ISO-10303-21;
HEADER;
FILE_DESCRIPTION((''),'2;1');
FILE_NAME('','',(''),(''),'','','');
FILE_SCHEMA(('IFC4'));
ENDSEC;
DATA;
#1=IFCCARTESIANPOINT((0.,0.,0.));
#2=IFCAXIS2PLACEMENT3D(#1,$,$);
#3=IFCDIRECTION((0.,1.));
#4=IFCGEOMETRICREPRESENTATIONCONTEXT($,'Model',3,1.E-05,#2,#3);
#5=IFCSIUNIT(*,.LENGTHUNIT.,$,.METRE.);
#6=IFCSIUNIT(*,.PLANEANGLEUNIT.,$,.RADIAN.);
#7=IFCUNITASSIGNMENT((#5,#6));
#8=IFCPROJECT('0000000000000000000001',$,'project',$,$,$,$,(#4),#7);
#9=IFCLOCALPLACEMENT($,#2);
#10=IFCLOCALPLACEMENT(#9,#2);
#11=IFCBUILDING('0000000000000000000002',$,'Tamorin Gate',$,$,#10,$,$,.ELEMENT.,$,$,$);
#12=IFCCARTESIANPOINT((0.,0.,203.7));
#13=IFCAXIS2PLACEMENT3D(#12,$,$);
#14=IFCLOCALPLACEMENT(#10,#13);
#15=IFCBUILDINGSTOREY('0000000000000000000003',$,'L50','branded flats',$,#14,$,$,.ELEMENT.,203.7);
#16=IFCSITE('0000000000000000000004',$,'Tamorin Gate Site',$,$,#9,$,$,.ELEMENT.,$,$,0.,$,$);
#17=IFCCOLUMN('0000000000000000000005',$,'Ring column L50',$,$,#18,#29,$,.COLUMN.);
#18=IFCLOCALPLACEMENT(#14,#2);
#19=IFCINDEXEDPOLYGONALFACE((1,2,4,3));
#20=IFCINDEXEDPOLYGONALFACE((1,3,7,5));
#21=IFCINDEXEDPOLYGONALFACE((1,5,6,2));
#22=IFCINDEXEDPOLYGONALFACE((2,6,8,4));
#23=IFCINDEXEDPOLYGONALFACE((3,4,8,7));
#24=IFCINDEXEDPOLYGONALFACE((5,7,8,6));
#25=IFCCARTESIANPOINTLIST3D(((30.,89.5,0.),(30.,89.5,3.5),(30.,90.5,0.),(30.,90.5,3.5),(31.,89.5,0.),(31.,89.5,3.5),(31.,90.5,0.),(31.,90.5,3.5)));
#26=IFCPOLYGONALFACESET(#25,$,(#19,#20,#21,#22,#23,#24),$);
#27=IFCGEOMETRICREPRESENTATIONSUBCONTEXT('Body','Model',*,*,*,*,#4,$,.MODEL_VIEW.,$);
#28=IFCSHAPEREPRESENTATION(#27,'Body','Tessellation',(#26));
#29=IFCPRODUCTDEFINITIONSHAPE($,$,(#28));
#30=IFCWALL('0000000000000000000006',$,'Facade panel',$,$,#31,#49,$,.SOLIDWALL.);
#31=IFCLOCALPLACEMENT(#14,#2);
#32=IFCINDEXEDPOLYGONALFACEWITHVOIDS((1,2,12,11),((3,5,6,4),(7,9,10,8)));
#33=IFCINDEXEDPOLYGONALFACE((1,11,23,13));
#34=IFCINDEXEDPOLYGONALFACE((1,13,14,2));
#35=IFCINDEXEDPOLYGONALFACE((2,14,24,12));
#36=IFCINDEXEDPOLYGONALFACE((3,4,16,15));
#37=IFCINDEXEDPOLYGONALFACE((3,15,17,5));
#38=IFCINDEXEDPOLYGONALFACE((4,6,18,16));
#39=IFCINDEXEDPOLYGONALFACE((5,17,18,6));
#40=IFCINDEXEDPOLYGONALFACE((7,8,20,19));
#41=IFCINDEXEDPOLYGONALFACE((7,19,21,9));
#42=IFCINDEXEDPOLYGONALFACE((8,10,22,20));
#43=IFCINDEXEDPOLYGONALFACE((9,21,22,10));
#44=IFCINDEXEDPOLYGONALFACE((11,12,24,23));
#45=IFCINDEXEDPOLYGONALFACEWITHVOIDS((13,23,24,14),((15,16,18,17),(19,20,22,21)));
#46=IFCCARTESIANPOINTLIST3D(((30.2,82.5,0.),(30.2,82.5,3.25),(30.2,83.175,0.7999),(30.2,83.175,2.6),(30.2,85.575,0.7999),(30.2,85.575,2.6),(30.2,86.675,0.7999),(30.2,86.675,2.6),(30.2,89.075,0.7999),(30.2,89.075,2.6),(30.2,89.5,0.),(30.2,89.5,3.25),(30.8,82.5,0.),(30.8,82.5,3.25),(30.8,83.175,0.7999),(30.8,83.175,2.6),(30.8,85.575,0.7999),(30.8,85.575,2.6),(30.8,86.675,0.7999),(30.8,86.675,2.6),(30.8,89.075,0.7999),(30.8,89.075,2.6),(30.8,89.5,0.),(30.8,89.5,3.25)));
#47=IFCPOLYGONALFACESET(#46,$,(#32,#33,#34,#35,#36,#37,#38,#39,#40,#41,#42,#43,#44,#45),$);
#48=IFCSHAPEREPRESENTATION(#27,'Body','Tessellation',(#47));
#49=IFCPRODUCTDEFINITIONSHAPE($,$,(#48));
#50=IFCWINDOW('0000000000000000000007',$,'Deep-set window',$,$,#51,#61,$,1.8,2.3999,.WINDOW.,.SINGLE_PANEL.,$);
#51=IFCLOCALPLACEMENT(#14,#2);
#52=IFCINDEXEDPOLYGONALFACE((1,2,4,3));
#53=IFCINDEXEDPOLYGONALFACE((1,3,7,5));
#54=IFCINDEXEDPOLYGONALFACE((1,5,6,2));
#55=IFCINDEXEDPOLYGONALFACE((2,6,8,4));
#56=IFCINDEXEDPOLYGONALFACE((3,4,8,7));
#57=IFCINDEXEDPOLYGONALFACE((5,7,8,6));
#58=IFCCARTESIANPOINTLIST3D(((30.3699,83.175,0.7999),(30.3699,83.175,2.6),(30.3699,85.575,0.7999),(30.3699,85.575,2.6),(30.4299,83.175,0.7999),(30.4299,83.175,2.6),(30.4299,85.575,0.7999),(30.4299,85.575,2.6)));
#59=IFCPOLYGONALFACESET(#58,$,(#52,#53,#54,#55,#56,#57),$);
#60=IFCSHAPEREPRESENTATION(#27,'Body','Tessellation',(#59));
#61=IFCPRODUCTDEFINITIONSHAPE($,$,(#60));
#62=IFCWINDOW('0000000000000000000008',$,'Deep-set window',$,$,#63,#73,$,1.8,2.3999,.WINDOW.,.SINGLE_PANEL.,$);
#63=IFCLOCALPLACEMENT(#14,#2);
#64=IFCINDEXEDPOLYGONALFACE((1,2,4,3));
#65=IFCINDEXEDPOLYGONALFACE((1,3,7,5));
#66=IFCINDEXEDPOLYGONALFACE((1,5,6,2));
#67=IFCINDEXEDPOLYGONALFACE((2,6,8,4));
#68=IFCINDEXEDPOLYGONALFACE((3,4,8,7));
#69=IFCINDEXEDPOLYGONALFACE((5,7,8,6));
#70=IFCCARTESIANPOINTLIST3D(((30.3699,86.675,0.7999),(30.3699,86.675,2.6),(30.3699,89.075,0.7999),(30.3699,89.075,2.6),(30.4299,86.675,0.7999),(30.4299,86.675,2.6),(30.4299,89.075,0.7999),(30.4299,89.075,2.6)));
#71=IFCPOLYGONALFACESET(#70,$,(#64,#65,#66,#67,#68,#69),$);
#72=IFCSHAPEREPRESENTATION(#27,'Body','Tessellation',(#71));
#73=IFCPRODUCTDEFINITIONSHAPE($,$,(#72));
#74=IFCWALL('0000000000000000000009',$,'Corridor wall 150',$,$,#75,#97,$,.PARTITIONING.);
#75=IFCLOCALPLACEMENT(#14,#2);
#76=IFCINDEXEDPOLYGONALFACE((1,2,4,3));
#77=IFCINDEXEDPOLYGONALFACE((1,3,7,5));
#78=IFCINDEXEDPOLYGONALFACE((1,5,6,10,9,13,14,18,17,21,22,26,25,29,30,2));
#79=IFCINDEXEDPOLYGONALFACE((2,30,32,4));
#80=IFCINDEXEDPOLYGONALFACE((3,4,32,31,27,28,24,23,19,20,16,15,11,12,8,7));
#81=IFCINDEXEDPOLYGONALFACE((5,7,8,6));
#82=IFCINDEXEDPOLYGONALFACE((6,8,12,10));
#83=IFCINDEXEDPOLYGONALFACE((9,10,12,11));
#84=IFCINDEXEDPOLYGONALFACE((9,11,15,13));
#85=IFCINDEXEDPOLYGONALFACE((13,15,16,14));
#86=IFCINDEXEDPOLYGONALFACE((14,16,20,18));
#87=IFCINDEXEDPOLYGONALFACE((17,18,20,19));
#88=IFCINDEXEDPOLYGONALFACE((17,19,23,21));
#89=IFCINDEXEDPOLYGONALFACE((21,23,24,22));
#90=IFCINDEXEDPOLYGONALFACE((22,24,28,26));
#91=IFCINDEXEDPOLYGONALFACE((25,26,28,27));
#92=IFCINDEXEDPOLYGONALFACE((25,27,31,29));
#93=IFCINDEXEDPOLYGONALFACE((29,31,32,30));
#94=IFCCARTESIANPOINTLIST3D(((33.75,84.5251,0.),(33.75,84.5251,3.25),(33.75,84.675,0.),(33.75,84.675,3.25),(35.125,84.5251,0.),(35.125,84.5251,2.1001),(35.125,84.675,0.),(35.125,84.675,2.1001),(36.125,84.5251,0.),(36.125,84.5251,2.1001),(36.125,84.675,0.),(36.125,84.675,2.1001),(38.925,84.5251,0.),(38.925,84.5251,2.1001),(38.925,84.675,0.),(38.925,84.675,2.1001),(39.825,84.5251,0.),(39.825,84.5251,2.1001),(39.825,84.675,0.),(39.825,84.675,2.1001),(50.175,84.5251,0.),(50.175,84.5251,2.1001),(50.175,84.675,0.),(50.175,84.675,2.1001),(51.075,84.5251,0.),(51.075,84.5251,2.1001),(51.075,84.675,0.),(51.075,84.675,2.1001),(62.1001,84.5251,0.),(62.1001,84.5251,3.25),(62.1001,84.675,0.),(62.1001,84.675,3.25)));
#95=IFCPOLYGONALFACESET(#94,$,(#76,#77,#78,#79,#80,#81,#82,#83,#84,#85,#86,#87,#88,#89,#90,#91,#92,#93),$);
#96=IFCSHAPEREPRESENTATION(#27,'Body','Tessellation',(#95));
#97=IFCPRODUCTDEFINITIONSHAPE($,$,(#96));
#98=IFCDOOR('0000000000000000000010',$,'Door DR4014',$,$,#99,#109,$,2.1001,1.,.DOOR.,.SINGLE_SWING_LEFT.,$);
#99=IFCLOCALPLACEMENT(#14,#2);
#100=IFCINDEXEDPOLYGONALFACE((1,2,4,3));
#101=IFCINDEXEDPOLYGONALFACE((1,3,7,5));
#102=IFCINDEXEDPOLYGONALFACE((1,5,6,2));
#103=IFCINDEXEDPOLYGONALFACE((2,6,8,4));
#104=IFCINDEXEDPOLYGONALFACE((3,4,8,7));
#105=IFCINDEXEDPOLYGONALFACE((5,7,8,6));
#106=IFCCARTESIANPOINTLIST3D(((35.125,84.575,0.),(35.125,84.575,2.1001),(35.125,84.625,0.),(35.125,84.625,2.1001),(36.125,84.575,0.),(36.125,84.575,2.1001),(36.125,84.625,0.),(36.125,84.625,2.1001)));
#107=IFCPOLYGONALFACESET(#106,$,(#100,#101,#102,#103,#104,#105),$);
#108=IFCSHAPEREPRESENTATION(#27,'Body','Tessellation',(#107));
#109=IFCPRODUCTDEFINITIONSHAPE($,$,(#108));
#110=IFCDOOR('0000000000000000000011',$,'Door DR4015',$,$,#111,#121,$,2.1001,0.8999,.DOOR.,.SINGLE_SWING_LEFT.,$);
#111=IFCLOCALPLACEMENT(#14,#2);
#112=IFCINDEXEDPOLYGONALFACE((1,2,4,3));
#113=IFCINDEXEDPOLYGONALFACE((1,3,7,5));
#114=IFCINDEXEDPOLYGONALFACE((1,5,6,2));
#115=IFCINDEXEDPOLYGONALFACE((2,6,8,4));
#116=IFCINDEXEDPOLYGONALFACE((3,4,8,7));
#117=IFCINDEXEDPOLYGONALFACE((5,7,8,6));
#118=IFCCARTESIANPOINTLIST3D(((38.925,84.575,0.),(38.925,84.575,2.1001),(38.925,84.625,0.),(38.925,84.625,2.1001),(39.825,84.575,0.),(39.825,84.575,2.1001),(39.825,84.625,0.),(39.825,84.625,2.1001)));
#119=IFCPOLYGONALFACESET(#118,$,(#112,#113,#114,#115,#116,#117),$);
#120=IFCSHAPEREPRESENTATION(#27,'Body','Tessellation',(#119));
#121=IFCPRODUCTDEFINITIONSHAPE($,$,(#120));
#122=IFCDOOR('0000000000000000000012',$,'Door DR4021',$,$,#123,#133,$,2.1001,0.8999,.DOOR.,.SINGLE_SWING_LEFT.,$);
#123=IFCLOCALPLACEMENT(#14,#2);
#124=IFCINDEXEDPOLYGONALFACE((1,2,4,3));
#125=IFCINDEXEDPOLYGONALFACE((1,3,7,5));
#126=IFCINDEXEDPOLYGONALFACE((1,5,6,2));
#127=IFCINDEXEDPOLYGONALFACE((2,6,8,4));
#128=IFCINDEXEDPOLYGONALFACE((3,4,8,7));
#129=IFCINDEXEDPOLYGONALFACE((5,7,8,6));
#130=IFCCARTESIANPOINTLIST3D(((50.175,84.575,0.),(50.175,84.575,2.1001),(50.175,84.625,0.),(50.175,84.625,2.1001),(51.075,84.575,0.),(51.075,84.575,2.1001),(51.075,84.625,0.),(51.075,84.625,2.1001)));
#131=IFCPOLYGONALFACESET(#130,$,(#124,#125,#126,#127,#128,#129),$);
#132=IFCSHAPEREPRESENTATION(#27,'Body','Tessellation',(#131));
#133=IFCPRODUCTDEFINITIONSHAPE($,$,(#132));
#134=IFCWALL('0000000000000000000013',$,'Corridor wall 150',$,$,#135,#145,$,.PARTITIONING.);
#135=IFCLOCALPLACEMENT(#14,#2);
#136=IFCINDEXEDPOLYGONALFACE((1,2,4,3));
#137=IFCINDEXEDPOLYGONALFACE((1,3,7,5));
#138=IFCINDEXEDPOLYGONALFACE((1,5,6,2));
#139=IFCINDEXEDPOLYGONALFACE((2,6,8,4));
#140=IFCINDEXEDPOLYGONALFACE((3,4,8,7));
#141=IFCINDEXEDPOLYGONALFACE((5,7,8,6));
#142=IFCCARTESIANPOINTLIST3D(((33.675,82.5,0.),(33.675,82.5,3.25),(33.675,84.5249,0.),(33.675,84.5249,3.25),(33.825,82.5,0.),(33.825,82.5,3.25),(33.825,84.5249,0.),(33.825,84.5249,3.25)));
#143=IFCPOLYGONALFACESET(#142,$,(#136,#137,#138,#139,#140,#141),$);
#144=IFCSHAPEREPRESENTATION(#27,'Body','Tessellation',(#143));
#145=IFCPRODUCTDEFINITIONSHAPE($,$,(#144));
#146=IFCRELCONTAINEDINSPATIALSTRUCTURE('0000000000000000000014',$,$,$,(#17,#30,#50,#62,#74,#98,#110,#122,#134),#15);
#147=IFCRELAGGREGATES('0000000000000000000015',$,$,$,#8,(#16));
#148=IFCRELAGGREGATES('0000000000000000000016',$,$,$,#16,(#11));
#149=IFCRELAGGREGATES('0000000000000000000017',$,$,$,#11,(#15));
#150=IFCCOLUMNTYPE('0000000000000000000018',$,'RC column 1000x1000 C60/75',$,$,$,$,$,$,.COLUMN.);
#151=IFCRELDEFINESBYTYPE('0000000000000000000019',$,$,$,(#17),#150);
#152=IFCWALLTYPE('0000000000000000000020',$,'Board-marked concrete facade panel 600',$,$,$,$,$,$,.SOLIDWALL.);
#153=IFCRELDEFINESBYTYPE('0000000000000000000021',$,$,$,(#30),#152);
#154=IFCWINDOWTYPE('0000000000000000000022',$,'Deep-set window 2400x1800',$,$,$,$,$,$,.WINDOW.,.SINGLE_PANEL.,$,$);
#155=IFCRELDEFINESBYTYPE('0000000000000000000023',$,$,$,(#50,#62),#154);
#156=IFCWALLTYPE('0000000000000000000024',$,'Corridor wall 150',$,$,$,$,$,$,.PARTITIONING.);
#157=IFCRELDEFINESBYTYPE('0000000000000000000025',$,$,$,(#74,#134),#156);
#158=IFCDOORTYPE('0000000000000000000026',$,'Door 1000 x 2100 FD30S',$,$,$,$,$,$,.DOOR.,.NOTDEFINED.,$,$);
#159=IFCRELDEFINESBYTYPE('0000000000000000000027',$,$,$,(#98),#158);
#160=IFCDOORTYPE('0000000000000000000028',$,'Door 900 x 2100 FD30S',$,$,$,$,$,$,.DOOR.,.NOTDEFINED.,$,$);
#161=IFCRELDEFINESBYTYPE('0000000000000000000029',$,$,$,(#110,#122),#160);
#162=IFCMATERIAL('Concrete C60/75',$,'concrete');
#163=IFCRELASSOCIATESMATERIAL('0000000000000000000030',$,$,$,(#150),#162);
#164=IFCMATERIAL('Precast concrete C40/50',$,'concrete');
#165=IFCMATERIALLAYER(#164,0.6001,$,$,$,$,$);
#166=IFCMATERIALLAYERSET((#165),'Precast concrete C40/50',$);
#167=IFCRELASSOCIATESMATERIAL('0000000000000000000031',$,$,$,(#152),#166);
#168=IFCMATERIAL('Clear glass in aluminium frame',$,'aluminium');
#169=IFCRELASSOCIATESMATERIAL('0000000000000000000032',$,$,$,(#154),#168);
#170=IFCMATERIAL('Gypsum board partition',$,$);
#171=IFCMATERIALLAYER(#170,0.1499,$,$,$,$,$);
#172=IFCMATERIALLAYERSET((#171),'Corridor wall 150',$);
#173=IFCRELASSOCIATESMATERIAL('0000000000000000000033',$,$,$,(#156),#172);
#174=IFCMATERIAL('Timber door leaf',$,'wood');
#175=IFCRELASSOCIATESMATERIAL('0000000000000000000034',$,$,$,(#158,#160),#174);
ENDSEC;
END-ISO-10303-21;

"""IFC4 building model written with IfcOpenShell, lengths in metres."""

from ifc_helpers import new_model, si_unit, direction, frame, frame_2d, origin, origin_2d, place, context, subcontext, project, spatial, rectangle, extrude, material, layer, layer_set, material_profile, profile_set, type_object, element, fill, save


model = new_model("IFC4")

# Units and contexts
model_context = context("Model", 3, precision=1e-05, world=origin(), true_north=direction((0.0, 1.0)))
body_context = subcontext(model_context, "Body", "Model", "MODEL_VIEW")
ifc_project = project(units=[si_unit("LENGTHUNIT", "METRE"), si_unit("PLANEANGLEUNIT", "RADIAN")], contexts=[model_context])

# Site, building, storey
site_placement = place(None, origin())
site = spatial("IfcSite", under=ifc_project, at=site_placement, Name="Tamorin Gate Site", CompositionType="ELEMENT", RefElevation=0.0)
building_placement = place(site_placement, origin())
building = spatial("IfcBuilding", under=site, at=building_placement, Name="Tamorin Gate", CompositionType="ELEMENT")
storey_placement = place(building_placement, frame((0.0, 0.0, 203.7)))
storey = spatial("IfcBuildingStorey", under=building, at=storey_placement, Name="L50", Description="branded flats", CompositionType="ELEMENT", Elevation=203.7)

# Column
ifc_material_1 = material(Name="Concrete C60/75", Category="concrete")
ifc_material_profile = material_profile(ifc_material_1, rectangle(XDim=1.0, YDim=1.0, at=origin_2d()), Name="RC 1000x1000")
ifc_profile_set = profile_set([ifc_material_profile], Name="Concrete C60/75")
column_type = type_object("IfcColumnType", Name="RC column 1000x1000 C60/75", PredefinedType="COLUMN", material=ifc_profile_set)
column_placement = place(storey_placement, frame((30.5, 90.0, 0.0), z_axis=(0.0, 0.0, 1.0), x_axis=(1.0, 0.0, 0.0)))
element("IfcColumn", 1, at=column_placement, inside=storey, type_object=column_type, Name="Ring column L50", PredefinedType="COLUMN", context=body_context, shape_type="SweptSolid", body=[
    extrude(rectangle(XDim=1.0, YDim=1.0, at=origin_2d()), origin(), (0.0, 0.0, 1.0), 3.5),
])

# Wall, openings, windows
ifc_material_2 = material(Name="Precast concrete C40/50", Category="concrete")
ifc_layer_1 = layer(ifc_material_2, 0.6001)
ifc_layer_set_1 = layer_set([ifc_layer_1], Name="Precast concrete C40/50")
wall_type_1 = type_object("IfcWallType", Name="Board-marked concrete facade panel 600", PredefinedType="SOLIDWALL", material=ifc_layer_set_1)
wall_1_placement = place(storey_placement, frame((30.5, 89.5, 0.0), z_axis=(0.0, 0.0, 1.0), x_axis=(0.0, -1.0, 0.0)))
wall_1 = element("IfcWall", 2, at=wall_1_placement, inside=storey, type_object=wall_type_1, Name="Facade panel", PredefinedType="SOLIDWALL", context=body_context, shape_type="SweptSolid", body=[
    extrude(rectangle(XDim=7.0, YDim=0.6001, at=frame_2d((3.5, 0.0))), origin(), (0.0, 0.0, 1.0), 3.25),
])
opening_1_placement = place(wall_1_placement, frame((3.925, 0.0, 0.8)))
opening_1 = element("IfcOpeningElement", 3, at=opening_1_placement, cuts=wall_1, PredefinedType="OPENING", context=body_context, shape_type="SweptSolid", body=[
    extrude(rectangle(XDim=2.3999, YDim=1.8, at=frame_2d((1.2, 0.8999))), frame((0.0, 0.3101, 0.0), z_axis=(0.0, -1.0, 0.0), x_axis=(1.0, 0.0, 0.0)), (0.0, 0.0, 1.0), 0.6201),
])
opening_2_placement = place(wall_1_placement, frame((0.425, 0.0, 0.8)))
opening_2 = element("IfcOpeningElement", 4, at=opening_2_placement, cuts=wall_1, PredefinedType="OPENING", context=body_context, shape_type="SweptSolid", body=[
    extrude(rectangle(XDim=2.3999, YDim=1.8, at=frame_2d((1.2, 0.8999))), frame((0.0, 0.3101, 0.0), z_axis=(0.0, -1.0, 0.0), x_axis=(1.0, 0.0, 0.0)), (0.0, 0.0, 1.0), 0.6201),
])
ifc_material_3 = material(Name="Clear glass in aluminium frame", Category="aluminium")
window_type = type_object("IfcWindowType", Name="Deep-set window 2400x1800", PartitioningType="SINGLE_PANEL", PredefinedType="WINDOW", material=ifc_material_3)
window_1_placement = place(opening_1_placement, origin())
window_1 = element("IfcWindow", 5, at=window_1_placement, inside=storey, type_object=window_type, Name="Deep-set window", OverallHeight=1.8, OverallWidth=2.3999, PartitioningType="SINGLE_PANEL", PredefinedType="WINDOW", context=body_context, shape_type="SweptSolid", body=[
    extrude(rectangle(XDim=2.3999, YDim=1.8, at=frame_2d((1.2, 0.8999))), frame((0.0, -0.0701, 0.0), z_axis=(0.0, -1.0, 0.0), x_axis=(1.0, 0.0, 0.0)), (0.0, 0.0, 1.0), 0.0601),
])
fill(opening_1, window_1)
window_2_placement = place(opening_2_placement, origin())
window_2 = element("IfcWindow", 6, at=window_2_placement, inside=storey, type_object=window_type, Name="Deep-set window", OverallHeight=1.8, OverallWidth=2.3999, PartitioningType="SINGLE_PANEL", PredefinedType="WINDOW", context=body_context, shape_type="SweptSolid", body=[
    extrude(rectangle(XDim=2.3999, YDim=1.8, at=frame_2d((1.2, 0.8999))), frame((0.0, -0.0701, 0.0), z_axis=(0.0, -1.0, 0.0), x_axis=(1.0, 0.0, 0.0)), (0.0, 0.0, 1.0), 0.0601),
])
fill(opening_2, window_2)

# Wall, openings, doors
ifc_material_4 = material(Name="Gypsum board partition")
ifc_layer_2 = layer(ifc_material_4, 0.1499)
ifc_layer_set_2 = layer_set([ifc_layer_2], Name="Corridor wall 150")
wall_type_2 = type_object("IfcWallType", Name="Corridor wall 150", PredefinedType="PARTITIONING", material=ifc_layer_set_2)
wall_2_placement = place(storey_placement, frame((33.75, 84.6001, 0.0), z_axis=(0.0, 0.0, 1.0), x_axis=(1.0, 0.0, 0.0)))
wall_2 = element("IfcWall", 7, at=wall_2_placement, inside=storey, type_object=wall_type_2, Name="Corridor wall 150", PredefinedType="PARTITIONING", context=body_context, shape_type="SweptSolid", body=[
    extrude(rectangle(XDim=28.3501, YDim=0.1499, at=frame_2d((14.175, 0.0))), origin(), (0.0, 0.0, 1.0), 3.25),
])
opening_3_placement = place(wall_2_placement, frame((1.375, 0.0, 0.0)))
opening_3 = element("IfcOpeningElement", 8, at=opening_3_placement, cuts=wall_2, PredefinedType="OPENING", context=body_context, shape_type="SweptSolid", body=[
    extrude(rectangle(XDim=1.0, YDim=2.1001, at=frame_2d((0.5, 1.05))), frame((0.0, 0.085, 0.0), z_axis=(0.0, -1.0, 0.0), x_axis=(1.0, 0.0, 0.0)), (0.0, 0.0, 1.0), 0.1699),
])
opening_4_placement = place(wall_2_placement, frame((5.175, 0.0, 0.0)))
opening_4 = element("IfcOpeningElement", 9, at=opening_4_placement, cuts=wall_2, PredefinedType="OPENING", context=body_context, shape_type="SweptSolid", body=[
    extrude(rectangle(XDim=0.8999, YDim=2.1001, at=frame_2d((0.45, 1.05))), frame((0.0, 0.085, 0.0), z_axis=(0.0, -1.0, 0.0), x_axis=(1.0, 0.0, 0.0)), (0.0, 0.0, 1.0), 0.1699),
])
opening_5_placement = place(wall_2_placement, frame((16.425, 0.0, 0.0)))
opening_5 = element("IfcOpeningElement", 10, at=opening_5_placement, cuts=wall_2, PredefinedType="OPENING", context=body_context, shape_type="SweptSolid", body=[
    extrude(rectangle(XDim=0.8999, YDim=2.1001, at=frame_2d((0.45, 1.05))), frame((0.0, 0.085, 0.0), z_axis=(0.0, -1.0, 0.0), x_axis=(1.0, 0.0, 0.0)), (0.0, 0.0, 1.0), 0.1699),
])
ifc_material_5 = material(Name="Timber door leaf", Category="wood")
door_type_1 = type_object("IfcDoorType", Name="Door 1000 x 2100 FD30S", OperationType="NOTDEFINED", PredefinedType="DOOR", material=ifc_material_5)
door_1_placement = place(opening_3_placement, origin())
door_1 = element("IfcDoor", 11, at=door_1_placement, inside=storey, type_object=door_type_1, Name="Door DR4014", OperationType="SINGLE_SWING_LEFT", OverallHeight=2.1001, OverallWidth=1.0, PredefinedType="DOOR", context=body_context, shape_type="SweptSolid", body=[
    extrude(rectangle(XDim=1.0, YDim=2.1001, at=frame_2d((0.5, 1.05))), frame((0.0, 0.0249, 0.0), z_axis=(0.0, -1.0, 0.0), x_axis=(1.0, 0.0, 0.0)), (0.0, 0.0, 1.0), 0.05),
])
fill(opening_3, door_1)
door_type_2 = type_object("IfcDoorType", Name="Door 900 x 2100 FD30S", OperationType="NOTDEFINED", PredefinedType="DOOR", material=ifc_material_5)
door_2_placement = place(opening_4_placement, origin())
door_2 = element("IfcDoor", 12, at=door_2_placement, inside=storey, type_object=door_type_2, Name="Door DR4015", OperationType="SINGLE_SWING_LEFT", OverallHeight=2.1001, OverallWidth=0.8999, PredefinedType="DOOR", context=body_context, shape_type="SweptSolid", body=[
    extrude(rectangle(XDim=0.8999, YDim=2.1001, at=frame_2d((0.45, 1.05))), frame((0.0, 0.0249, 0.0), z_axis=(0.0, -1.0, 0.0), x_axis=(1.0, 0.0, 0.0)), (0.0, 0.0, 1.0), 0.05),
])
fill(opening_4, door_2)
door_3_placement = place(opening_5_placement, origin())
door_3 = element("IfcDoor", 13, at=door_3_placement, inside=storey, type_object=door_type_2, Name="Door DR4021", OperationType="SINGLE_SWING_LEFT", OverallHeight=2.1001, OverallWidth=0.8999, PredefinedType="DOOR", context=body_context, shape_type="SweptSolid", body=[
    extrude(rectangle(XDim=0.8999, YDim=2.1001, at=frame_2d((0.45, 1.05))), frame((0.0, 0.0249, 0.0), z_axis=(0.0, -1.0, 0.0), x_axis=(1.0, 0.0, 0.0)), (0.0, 0.0, 1.0), 0.05),
])
fill(opening_5, door_3)

# Wall
wall_3_placement = place(storey_placement, frame((33.75, 82.5, 0.0), z_axis=(0.0, 0.0, 1.0), x_axis=(0.0, 1.0, 0.0)))
element("IfcWall", 14, at=wall_3_placement, inside=storey, type_object=wall_type_2, Name="Corridor wall 150", PredefinedType="PARTITIONING", context=body_context, shape_type="SweptSolid", body=[
    extrude(rectangle(XDim=2.0249, YDim=0.1499, at=frame_2d((1.0125, 0.0))), origin(), (0.0, 0.0, 1.0), 3.25),
])

save(model, "model.ifc")
